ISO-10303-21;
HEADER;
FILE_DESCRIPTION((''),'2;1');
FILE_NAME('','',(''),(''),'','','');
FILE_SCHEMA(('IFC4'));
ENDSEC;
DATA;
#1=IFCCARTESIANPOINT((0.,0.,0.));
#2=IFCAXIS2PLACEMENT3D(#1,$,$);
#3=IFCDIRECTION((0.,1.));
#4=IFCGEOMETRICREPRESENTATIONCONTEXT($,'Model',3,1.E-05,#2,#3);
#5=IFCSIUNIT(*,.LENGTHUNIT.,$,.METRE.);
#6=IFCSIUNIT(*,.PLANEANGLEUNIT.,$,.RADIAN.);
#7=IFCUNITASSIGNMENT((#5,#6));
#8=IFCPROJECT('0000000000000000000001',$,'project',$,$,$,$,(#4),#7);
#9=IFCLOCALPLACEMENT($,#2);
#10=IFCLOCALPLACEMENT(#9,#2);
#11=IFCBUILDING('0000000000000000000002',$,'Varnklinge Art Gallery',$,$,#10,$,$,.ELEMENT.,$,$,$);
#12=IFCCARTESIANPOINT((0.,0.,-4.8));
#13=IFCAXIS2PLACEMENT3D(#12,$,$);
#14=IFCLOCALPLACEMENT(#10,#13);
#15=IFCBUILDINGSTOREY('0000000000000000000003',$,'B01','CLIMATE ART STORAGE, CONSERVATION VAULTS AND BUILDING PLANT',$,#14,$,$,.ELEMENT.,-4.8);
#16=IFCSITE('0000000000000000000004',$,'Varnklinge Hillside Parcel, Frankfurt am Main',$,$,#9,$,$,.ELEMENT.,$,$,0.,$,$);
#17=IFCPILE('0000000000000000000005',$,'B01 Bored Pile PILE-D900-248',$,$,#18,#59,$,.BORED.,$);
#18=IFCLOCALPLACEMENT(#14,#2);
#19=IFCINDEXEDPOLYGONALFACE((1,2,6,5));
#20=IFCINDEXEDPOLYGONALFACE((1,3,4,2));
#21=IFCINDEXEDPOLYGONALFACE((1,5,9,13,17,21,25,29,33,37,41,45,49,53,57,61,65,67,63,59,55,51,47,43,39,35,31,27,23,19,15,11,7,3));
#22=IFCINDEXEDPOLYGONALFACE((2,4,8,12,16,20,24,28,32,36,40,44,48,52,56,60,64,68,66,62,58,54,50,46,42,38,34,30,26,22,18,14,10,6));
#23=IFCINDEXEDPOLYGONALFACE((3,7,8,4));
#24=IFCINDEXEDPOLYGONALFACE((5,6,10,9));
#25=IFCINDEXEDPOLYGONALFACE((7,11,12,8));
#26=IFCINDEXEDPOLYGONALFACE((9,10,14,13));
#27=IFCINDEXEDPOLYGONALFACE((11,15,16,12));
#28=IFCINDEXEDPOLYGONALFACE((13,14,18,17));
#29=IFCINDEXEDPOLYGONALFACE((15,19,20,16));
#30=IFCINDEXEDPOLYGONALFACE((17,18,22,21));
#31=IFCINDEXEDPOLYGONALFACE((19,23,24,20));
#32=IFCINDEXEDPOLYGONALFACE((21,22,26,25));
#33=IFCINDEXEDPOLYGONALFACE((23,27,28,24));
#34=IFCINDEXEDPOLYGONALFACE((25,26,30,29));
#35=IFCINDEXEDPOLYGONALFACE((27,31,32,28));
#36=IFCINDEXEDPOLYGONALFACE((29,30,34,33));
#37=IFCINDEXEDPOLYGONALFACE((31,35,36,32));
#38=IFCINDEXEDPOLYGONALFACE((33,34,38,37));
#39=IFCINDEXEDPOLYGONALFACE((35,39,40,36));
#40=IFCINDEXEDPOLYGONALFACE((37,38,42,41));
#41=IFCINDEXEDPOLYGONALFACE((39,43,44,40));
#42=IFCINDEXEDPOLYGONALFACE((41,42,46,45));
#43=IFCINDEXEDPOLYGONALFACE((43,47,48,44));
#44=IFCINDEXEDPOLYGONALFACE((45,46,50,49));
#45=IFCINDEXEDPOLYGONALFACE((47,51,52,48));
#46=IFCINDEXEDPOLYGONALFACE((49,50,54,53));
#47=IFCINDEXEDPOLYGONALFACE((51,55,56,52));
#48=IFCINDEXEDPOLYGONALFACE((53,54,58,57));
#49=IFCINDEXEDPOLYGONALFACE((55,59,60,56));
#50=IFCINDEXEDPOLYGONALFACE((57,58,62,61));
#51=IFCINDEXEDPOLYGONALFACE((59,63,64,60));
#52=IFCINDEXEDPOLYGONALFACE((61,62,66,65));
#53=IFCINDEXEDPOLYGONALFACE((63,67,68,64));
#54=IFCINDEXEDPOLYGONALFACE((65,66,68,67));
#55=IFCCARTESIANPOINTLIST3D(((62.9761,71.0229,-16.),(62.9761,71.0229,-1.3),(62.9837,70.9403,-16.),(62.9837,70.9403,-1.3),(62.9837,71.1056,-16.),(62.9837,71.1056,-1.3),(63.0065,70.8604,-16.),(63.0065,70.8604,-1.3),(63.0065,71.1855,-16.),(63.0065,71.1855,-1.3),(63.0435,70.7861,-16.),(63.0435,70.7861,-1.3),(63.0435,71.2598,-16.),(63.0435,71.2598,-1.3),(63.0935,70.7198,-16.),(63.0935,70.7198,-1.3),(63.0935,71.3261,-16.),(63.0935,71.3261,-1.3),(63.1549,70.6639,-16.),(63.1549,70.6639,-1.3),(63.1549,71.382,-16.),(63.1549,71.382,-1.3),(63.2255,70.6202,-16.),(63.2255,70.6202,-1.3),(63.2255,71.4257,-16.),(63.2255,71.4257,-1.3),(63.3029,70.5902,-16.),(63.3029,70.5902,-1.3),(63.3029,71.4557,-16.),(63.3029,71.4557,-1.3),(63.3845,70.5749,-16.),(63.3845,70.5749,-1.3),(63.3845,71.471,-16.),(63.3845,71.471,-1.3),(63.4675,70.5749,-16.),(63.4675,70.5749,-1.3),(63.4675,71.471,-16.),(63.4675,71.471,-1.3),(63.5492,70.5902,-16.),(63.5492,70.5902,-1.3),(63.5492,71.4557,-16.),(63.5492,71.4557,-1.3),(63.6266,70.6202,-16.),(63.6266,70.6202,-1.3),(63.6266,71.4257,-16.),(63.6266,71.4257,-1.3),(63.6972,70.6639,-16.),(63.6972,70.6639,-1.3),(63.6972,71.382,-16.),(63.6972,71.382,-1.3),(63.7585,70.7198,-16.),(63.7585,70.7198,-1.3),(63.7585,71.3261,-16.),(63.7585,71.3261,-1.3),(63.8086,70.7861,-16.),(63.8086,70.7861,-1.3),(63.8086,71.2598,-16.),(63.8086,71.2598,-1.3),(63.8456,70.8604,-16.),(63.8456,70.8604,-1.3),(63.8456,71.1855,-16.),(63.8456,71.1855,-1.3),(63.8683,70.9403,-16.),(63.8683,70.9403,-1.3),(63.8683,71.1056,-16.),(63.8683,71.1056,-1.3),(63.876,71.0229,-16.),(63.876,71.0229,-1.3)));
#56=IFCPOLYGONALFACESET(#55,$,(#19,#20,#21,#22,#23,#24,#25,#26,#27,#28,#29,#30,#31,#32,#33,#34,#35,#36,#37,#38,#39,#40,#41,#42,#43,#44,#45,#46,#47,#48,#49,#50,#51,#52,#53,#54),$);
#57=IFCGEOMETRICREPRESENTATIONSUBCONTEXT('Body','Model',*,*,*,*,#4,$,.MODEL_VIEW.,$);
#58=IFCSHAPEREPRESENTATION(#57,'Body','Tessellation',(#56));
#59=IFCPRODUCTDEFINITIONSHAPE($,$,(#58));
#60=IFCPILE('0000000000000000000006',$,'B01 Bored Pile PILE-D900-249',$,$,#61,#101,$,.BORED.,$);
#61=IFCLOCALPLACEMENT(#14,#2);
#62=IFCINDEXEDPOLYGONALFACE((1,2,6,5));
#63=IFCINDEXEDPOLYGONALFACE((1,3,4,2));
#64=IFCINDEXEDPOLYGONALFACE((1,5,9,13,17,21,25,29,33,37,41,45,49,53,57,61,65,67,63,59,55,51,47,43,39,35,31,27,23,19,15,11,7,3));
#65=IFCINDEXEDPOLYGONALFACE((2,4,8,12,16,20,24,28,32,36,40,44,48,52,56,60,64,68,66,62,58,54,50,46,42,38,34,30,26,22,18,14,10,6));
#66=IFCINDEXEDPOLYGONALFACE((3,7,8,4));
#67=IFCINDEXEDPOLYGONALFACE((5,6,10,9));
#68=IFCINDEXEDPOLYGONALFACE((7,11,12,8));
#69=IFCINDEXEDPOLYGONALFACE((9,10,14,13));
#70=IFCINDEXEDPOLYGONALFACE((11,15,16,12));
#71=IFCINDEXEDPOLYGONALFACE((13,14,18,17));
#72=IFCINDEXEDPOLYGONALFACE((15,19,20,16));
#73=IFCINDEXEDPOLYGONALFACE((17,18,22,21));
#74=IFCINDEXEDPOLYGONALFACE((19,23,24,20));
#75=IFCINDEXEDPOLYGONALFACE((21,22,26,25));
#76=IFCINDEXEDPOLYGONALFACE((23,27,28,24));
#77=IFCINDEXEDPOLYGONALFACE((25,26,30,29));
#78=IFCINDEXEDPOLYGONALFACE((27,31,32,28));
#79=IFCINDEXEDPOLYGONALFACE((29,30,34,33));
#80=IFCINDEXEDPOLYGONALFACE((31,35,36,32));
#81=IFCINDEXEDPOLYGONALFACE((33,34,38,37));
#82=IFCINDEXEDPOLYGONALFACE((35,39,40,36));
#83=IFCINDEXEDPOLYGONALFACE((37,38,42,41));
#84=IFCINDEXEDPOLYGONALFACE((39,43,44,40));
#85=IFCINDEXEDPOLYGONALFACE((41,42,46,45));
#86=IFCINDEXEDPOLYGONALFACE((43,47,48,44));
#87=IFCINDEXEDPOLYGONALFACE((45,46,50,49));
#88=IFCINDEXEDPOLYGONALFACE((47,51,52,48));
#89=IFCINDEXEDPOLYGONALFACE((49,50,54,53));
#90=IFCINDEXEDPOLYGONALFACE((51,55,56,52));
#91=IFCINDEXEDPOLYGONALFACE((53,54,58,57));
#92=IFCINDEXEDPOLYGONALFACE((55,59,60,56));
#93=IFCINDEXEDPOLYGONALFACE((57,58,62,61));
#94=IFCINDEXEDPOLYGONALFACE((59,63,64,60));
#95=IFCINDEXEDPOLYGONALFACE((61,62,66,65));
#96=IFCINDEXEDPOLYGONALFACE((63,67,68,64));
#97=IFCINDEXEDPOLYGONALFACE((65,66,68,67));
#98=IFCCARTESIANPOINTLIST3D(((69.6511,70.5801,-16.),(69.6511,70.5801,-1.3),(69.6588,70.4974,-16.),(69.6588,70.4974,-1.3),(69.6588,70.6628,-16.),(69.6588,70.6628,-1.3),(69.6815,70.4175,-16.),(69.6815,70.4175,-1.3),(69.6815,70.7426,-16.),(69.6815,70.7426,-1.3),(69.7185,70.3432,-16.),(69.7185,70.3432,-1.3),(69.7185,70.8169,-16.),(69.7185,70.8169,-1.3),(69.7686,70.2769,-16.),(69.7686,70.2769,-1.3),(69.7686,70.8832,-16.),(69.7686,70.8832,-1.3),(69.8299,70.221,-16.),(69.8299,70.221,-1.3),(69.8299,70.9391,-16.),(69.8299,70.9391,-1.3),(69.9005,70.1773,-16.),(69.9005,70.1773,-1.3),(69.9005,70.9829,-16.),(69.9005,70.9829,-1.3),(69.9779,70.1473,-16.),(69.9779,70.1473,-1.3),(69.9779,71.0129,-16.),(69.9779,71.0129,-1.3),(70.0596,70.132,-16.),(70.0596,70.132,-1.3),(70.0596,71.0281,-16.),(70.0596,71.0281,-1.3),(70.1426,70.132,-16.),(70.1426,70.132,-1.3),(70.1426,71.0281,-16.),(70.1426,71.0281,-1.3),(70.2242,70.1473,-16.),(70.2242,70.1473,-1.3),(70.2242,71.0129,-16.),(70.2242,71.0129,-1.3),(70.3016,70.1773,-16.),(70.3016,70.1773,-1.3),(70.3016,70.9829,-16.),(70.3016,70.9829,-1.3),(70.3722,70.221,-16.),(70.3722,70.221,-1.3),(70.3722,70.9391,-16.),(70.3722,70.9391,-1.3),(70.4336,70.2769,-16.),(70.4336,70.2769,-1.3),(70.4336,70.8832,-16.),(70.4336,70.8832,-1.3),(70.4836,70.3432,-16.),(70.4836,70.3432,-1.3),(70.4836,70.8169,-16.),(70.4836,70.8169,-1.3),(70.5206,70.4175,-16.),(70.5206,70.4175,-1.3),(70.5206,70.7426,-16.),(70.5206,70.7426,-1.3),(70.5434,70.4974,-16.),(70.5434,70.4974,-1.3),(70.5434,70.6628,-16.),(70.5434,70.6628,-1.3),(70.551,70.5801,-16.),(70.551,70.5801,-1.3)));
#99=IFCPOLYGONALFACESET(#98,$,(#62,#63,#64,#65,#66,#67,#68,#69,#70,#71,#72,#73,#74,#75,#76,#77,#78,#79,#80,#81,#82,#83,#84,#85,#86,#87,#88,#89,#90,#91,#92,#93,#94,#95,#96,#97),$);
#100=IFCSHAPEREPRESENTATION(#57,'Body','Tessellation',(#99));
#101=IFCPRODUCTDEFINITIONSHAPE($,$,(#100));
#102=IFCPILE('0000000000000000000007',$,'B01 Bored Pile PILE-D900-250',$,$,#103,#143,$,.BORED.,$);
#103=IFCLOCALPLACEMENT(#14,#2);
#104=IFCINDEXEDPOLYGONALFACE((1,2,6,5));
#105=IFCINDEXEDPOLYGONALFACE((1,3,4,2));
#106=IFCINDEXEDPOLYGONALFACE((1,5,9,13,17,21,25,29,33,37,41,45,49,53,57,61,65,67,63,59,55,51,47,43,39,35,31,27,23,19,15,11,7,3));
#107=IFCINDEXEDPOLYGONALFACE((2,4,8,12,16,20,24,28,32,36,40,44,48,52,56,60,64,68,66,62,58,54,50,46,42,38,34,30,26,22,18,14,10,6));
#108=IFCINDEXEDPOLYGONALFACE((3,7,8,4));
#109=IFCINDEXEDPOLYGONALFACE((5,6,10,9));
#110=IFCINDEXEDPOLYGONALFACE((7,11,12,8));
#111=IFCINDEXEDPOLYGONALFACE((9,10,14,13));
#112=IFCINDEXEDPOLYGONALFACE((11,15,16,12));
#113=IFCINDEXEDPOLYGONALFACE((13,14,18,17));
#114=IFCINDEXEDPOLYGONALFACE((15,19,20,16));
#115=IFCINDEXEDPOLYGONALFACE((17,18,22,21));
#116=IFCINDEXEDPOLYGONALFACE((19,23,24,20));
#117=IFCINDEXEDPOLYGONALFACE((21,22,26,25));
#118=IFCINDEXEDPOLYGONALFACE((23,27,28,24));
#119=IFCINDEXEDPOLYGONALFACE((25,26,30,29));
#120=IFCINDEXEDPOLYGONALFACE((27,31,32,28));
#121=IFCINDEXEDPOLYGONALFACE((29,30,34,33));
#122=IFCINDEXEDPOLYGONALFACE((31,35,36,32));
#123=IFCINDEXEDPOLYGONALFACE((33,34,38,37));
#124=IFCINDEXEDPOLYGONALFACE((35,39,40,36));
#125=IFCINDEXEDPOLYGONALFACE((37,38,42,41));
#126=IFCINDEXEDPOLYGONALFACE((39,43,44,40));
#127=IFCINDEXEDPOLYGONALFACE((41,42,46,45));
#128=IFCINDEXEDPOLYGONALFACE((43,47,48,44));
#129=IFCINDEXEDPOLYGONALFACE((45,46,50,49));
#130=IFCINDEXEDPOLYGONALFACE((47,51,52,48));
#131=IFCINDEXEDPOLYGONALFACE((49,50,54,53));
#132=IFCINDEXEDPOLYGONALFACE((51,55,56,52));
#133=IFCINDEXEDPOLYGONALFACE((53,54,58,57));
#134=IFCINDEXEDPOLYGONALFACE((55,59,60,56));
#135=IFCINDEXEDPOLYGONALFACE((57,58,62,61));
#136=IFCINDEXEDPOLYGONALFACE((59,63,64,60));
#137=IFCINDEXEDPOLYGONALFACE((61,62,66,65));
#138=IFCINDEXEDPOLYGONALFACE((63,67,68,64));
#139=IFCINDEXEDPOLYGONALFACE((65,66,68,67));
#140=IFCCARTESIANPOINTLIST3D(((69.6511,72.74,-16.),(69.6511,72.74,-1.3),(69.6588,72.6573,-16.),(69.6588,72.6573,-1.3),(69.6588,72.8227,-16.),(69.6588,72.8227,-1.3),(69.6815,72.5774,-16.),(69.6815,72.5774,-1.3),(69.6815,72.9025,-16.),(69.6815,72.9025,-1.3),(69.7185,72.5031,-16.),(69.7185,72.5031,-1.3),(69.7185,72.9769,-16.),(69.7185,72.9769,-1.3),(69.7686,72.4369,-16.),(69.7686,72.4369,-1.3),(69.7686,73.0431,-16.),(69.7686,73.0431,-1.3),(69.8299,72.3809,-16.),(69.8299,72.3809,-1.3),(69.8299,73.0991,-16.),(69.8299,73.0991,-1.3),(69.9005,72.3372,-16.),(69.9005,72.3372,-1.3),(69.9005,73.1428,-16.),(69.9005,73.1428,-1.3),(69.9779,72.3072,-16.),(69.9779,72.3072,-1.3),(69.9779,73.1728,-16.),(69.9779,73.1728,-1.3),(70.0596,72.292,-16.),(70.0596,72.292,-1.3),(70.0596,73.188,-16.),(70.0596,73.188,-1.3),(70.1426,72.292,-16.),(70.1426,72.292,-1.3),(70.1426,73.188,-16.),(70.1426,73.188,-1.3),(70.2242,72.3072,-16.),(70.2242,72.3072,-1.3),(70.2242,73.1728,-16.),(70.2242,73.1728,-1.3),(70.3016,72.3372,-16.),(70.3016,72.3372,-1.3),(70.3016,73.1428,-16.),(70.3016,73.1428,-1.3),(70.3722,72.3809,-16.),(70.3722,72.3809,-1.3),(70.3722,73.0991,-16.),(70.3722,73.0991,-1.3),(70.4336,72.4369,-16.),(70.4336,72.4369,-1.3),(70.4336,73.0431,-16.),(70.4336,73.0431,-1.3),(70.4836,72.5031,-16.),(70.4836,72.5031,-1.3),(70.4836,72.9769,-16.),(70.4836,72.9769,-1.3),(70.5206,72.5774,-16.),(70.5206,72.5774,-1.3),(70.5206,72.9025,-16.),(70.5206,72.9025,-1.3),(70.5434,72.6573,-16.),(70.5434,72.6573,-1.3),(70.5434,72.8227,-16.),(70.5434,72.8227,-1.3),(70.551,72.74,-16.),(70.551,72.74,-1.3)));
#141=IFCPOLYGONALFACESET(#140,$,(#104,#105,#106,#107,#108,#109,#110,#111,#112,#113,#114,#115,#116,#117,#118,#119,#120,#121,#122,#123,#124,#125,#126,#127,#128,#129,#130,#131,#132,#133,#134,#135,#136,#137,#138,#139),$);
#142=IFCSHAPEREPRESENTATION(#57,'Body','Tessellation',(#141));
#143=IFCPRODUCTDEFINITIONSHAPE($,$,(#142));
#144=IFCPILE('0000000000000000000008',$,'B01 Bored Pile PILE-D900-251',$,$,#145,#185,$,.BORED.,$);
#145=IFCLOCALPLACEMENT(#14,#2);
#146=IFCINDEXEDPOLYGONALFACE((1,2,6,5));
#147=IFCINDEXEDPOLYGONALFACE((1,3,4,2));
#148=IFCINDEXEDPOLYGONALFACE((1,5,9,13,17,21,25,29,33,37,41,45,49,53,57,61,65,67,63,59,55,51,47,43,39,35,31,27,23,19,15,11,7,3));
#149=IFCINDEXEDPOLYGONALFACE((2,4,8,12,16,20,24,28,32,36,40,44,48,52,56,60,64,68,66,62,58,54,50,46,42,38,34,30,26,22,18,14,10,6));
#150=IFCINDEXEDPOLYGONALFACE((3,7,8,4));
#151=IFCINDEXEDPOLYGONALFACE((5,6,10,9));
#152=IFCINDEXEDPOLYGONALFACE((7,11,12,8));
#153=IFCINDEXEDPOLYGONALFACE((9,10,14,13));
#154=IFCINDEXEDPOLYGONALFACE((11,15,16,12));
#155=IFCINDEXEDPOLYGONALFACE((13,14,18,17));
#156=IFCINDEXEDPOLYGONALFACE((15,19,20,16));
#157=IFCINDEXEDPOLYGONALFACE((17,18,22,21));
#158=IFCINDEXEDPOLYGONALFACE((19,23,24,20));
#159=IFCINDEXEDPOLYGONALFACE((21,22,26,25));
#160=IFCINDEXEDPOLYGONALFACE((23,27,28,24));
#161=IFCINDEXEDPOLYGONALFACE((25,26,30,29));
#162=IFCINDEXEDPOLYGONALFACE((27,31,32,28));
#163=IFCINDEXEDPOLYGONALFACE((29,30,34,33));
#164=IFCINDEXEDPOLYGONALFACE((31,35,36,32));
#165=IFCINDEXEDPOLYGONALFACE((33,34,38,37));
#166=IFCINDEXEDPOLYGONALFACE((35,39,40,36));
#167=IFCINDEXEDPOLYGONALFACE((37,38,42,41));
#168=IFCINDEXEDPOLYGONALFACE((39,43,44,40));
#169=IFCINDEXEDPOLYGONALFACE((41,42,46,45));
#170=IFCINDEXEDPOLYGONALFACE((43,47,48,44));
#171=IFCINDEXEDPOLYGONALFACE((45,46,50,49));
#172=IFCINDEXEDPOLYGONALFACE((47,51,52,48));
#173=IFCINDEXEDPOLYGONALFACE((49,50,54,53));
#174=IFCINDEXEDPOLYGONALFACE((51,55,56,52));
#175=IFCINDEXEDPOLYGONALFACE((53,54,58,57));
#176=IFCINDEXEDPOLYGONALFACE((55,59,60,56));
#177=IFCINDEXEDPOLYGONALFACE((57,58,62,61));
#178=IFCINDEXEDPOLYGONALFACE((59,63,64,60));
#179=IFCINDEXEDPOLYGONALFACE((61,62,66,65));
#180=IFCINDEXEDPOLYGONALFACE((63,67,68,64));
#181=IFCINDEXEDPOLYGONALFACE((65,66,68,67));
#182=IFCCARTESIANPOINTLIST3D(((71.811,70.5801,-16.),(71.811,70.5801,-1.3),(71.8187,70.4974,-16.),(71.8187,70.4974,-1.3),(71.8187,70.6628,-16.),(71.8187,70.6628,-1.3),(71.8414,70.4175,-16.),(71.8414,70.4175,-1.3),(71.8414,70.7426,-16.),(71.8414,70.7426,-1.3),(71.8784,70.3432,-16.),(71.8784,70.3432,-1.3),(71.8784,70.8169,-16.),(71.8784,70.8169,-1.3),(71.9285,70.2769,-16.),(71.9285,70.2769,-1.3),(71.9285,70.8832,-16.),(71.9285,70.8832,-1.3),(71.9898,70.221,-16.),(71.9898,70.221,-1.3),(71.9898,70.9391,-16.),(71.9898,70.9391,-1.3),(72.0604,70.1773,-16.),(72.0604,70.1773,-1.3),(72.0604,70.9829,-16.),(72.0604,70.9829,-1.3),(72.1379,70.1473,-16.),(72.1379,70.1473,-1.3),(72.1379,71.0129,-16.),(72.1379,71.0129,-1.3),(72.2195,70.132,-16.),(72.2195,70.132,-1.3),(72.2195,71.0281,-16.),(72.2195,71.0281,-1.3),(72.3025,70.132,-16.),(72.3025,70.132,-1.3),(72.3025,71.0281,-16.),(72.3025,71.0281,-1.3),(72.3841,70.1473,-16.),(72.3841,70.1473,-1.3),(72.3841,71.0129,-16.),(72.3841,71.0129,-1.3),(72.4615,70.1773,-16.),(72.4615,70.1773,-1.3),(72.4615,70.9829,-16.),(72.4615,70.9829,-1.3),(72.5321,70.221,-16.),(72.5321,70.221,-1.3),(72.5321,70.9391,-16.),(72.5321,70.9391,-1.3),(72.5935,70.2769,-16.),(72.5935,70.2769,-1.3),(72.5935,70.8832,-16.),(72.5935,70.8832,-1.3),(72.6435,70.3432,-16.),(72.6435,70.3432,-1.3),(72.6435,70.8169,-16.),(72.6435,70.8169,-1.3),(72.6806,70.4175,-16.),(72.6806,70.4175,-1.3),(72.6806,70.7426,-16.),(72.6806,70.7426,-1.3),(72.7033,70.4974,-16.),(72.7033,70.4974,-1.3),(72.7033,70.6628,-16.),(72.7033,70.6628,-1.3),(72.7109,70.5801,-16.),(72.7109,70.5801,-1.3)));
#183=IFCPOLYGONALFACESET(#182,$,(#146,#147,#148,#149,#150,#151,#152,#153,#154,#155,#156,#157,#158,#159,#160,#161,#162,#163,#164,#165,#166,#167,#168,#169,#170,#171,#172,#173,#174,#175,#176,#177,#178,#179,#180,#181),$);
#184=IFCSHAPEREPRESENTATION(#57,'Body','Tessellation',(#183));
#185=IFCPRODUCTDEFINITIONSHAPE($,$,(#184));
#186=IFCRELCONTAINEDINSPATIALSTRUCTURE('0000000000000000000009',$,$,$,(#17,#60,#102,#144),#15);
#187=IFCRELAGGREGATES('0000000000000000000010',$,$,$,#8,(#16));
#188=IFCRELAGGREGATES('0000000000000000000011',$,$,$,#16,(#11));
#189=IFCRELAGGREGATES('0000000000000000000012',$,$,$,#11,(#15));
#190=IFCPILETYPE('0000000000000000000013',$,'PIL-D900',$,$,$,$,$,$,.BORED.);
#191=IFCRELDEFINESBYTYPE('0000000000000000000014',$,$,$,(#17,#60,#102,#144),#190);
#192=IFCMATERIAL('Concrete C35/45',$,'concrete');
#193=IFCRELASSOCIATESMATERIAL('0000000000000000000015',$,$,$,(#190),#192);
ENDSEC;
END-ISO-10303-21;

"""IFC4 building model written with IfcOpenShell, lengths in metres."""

from ifc_helpers import new_model, si_unit, direction, frame, origin, origin_2d, place, context, subcontext, project, spatial, circle, extrude, material, material_profile, profile_set, type_object, element, save


model = new_model("IFC4")

# Units and contexts
model_context = context("Model", 3, precision=1e-05, world=origin(), true_north=direction((0.0, 1.0)))
body_context = subcontext(model_context, "Body", "Model", "MODEL_VIEW")
ifc_project = project(units=[si_unit("LENGTHUNIT", "METRE"), si_unit("PLANEANGLEUNIT", "RADIAN")], contexts=[model_context])

# Site, building, storey
site_placement = place(None, origin())
site = spatial("IfcSite", under=ifc_project, at=site_placement, Name="Varnklinge Hillside Parcel, Frankfurt am Main", CompositionType="ELEMENT", RefElevation=0.0)
building_placement = place(site_placement, origin())
building = spatial("IfcBuilding", under=site, at=building_placement, Name="Varnklinge Art Gallery", CompositionType="ELEMENT")
storey_placement = place(building_placement, frame((0.0, 0.0, -4.8)))
storey = spatial("IfcBuildingStorey", under=building, at=storey_placement, Name="B01", Description="CLIMATE ART STORAGE, CONSERVATION VAULTS AND BUILDING PLANT", CompositionType="ELEMENT", Elevation=-4.8)

# Piles
ifc_material_1 = material(Name="Concrete C35/45", Category="concrete")
ifc_material_profile_1 = material_profile(ifc_material_1, circle(Radius=0.45, at=origin_2d()), Name="PILE D900")
ifc_profile_set_1 = profile_set([ifc_material_profile_1], Name="Concrete C35/45")
pile_type = type_object("IfcPileType", Name="PIL-D900", PredefinedType="BORED", material=ifc_profile_set_1)
for number, where, z_axis, x_axis, name in (
    (1, (63.426, 71.0229, -1.3), (0.0, 0.0, -1.0), (1.0, 0.0, 0.0), "B01 Bored Pile PILE-D900-248"),
    (2, (70.1011, 70.5801, -1.3), (0.0, 0.0, -1.0), (1.0, 0.0, 0.0), "B01 Bored Pile PILE-D900-249"),
    (3, (70.1011, 72.74, -1.3), (0.0, 0.0, -1.0), (1.0, 0.0, 0.0), "B01 Bored Pile PILE-D900-250"),
    (4, (72.261, 70.5801, -1.3), (0.0, 0.0, -1.0), (1.0, 0.0, 0.0), "B01 Bored Pile PILE-D900-251"),
):
    element("IfcPile", number, at=place(storey_placement, frame(where, z_axis=z_axis, x_axis=x_axis)), inside=storey, type_object=pile_type, Name=name, PredefinedType="BORED", context=body_context, shape_type="SweptSolid", body=[
        extrude(circle(Radius=0.45, at=origin_2d()), origin(), (0.0, 0.0, 1.0), 14.7),
    ])

save(model, "model.ifc")
